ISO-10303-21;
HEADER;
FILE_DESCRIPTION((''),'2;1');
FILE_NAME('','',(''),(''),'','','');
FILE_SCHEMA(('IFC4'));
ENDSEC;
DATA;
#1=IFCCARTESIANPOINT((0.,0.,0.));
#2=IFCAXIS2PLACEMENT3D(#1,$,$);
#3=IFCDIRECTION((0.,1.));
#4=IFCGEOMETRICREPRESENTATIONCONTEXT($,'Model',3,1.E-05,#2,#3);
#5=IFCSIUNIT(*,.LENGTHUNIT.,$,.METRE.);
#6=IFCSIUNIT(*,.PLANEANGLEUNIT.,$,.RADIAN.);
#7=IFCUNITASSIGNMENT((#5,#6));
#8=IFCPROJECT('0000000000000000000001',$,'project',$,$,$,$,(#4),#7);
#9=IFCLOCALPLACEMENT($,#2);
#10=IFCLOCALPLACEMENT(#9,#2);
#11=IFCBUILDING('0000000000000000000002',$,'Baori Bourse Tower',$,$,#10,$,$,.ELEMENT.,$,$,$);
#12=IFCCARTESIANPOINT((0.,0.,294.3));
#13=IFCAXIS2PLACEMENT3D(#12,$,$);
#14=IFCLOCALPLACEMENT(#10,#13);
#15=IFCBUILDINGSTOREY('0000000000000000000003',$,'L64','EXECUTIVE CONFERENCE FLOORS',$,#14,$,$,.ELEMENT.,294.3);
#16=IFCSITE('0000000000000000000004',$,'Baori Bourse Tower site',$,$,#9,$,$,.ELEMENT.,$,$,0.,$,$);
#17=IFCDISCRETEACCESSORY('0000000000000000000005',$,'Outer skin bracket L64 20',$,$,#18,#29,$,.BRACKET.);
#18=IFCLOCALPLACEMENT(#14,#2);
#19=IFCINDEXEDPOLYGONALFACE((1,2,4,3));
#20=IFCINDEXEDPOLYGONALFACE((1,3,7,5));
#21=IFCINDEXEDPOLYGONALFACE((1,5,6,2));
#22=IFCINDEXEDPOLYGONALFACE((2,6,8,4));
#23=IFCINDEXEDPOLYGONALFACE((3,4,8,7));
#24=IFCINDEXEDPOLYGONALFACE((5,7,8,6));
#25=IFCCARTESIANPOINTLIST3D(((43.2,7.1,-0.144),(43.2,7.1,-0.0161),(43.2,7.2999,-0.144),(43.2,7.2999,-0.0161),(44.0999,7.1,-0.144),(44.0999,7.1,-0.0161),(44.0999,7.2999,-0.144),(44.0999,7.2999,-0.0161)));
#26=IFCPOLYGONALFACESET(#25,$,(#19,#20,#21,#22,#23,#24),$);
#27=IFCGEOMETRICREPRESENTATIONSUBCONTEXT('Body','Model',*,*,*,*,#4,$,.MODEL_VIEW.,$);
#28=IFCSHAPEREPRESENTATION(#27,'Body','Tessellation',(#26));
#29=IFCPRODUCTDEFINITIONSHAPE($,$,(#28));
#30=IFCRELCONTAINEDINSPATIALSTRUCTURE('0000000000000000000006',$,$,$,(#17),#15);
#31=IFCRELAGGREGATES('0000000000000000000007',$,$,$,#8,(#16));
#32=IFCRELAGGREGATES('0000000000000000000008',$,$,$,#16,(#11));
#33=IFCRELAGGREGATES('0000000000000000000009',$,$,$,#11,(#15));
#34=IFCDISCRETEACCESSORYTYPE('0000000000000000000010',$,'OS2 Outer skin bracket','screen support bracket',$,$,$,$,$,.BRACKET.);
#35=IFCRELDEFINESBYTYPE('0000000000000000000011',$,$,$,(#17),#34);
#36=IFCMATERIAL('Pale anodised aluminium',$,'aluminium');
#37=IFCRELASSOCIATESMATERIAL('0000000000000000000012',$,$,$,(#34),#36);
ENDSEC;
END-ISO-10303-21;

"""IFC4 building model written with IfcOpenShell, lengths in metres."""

from ifc_helpers import new_model, si_unit, direction, frame, origin, origin_2d, place, context, subcontext, project, spatial, rectangle, extrude, material, type_object, element, save


model = new_model("IFC4")

# Units and contexts
model_context = context("Model", 3, precision=1e-05, world=origin(), true_north=direction((0.0, 1.0)))
body_context = subcontext(model_context, "Body", "Model", "MODEL_VIEW")
ifc_project = project(units=[si_unit("LENGTHUNIT", "METRE"), si_unit("PLANEANGLEUNIT", "RADIAN")], contexts=[model_context])

# Site, building, storey
site_placement = place(None, origin())
site = spatial("IfcSite", under=ifc_project, at=site_placement, Name="Baori Bourse Tower site", CompositionType="ELEMENT", RefElevation=0.0)
building_placement = place(site_placement, origin())
building = spatial("IfcBuilding", under=site, at=building_placement, Name="Baori Bourse Tower", CompositionType="ELEMENT")
storey_placement = place(building_placement, frame((0.0, 0.0, 294.3)))
storey = spatial("IfcBuildingStorey", under=building, at=storey_placement, Name="L64", Description="EXECUTIVE CONFERENCE FLOORS", CompositionType="ELEMENT", Elevation=294.3)

# Discrete accessory
ifc_material_1 = material(Name="Pale anodised aluminium", Category="aluminium")
discrete_accessory_type = type_object("IfcDiscreteAccessoryType", Name="OS2 Outer skin bracket", Description="screen support bracket", PredefinedType="BRACKET", material=ifc_material_1)
for number, where, z_axis, x_axis, name in (
    (1, (43.6499, 7.2, -0.144), (0.0, 0.0, 1.0), (0.0, 1.0, 0.0), "Outer skin bracket L64 20"),
):
    element("IfcDiscreteAccessory", number, at=place(storey_placement, frame(where, z_axis=z_axis, x_axis=x_axis)), inside=storey, type_object=discrete_accessory_type, Name=name, PredefinedType="BRACKET", context=body_context, shape_type="SweptSolid", body=[
        extrude(rectangle(XDim=0.2, YDim=0.8999, at=origin_2d()), origin(), (0.0, 0.0, 1.0), 0.1279),
    ])

save(model, "model.ifc")
